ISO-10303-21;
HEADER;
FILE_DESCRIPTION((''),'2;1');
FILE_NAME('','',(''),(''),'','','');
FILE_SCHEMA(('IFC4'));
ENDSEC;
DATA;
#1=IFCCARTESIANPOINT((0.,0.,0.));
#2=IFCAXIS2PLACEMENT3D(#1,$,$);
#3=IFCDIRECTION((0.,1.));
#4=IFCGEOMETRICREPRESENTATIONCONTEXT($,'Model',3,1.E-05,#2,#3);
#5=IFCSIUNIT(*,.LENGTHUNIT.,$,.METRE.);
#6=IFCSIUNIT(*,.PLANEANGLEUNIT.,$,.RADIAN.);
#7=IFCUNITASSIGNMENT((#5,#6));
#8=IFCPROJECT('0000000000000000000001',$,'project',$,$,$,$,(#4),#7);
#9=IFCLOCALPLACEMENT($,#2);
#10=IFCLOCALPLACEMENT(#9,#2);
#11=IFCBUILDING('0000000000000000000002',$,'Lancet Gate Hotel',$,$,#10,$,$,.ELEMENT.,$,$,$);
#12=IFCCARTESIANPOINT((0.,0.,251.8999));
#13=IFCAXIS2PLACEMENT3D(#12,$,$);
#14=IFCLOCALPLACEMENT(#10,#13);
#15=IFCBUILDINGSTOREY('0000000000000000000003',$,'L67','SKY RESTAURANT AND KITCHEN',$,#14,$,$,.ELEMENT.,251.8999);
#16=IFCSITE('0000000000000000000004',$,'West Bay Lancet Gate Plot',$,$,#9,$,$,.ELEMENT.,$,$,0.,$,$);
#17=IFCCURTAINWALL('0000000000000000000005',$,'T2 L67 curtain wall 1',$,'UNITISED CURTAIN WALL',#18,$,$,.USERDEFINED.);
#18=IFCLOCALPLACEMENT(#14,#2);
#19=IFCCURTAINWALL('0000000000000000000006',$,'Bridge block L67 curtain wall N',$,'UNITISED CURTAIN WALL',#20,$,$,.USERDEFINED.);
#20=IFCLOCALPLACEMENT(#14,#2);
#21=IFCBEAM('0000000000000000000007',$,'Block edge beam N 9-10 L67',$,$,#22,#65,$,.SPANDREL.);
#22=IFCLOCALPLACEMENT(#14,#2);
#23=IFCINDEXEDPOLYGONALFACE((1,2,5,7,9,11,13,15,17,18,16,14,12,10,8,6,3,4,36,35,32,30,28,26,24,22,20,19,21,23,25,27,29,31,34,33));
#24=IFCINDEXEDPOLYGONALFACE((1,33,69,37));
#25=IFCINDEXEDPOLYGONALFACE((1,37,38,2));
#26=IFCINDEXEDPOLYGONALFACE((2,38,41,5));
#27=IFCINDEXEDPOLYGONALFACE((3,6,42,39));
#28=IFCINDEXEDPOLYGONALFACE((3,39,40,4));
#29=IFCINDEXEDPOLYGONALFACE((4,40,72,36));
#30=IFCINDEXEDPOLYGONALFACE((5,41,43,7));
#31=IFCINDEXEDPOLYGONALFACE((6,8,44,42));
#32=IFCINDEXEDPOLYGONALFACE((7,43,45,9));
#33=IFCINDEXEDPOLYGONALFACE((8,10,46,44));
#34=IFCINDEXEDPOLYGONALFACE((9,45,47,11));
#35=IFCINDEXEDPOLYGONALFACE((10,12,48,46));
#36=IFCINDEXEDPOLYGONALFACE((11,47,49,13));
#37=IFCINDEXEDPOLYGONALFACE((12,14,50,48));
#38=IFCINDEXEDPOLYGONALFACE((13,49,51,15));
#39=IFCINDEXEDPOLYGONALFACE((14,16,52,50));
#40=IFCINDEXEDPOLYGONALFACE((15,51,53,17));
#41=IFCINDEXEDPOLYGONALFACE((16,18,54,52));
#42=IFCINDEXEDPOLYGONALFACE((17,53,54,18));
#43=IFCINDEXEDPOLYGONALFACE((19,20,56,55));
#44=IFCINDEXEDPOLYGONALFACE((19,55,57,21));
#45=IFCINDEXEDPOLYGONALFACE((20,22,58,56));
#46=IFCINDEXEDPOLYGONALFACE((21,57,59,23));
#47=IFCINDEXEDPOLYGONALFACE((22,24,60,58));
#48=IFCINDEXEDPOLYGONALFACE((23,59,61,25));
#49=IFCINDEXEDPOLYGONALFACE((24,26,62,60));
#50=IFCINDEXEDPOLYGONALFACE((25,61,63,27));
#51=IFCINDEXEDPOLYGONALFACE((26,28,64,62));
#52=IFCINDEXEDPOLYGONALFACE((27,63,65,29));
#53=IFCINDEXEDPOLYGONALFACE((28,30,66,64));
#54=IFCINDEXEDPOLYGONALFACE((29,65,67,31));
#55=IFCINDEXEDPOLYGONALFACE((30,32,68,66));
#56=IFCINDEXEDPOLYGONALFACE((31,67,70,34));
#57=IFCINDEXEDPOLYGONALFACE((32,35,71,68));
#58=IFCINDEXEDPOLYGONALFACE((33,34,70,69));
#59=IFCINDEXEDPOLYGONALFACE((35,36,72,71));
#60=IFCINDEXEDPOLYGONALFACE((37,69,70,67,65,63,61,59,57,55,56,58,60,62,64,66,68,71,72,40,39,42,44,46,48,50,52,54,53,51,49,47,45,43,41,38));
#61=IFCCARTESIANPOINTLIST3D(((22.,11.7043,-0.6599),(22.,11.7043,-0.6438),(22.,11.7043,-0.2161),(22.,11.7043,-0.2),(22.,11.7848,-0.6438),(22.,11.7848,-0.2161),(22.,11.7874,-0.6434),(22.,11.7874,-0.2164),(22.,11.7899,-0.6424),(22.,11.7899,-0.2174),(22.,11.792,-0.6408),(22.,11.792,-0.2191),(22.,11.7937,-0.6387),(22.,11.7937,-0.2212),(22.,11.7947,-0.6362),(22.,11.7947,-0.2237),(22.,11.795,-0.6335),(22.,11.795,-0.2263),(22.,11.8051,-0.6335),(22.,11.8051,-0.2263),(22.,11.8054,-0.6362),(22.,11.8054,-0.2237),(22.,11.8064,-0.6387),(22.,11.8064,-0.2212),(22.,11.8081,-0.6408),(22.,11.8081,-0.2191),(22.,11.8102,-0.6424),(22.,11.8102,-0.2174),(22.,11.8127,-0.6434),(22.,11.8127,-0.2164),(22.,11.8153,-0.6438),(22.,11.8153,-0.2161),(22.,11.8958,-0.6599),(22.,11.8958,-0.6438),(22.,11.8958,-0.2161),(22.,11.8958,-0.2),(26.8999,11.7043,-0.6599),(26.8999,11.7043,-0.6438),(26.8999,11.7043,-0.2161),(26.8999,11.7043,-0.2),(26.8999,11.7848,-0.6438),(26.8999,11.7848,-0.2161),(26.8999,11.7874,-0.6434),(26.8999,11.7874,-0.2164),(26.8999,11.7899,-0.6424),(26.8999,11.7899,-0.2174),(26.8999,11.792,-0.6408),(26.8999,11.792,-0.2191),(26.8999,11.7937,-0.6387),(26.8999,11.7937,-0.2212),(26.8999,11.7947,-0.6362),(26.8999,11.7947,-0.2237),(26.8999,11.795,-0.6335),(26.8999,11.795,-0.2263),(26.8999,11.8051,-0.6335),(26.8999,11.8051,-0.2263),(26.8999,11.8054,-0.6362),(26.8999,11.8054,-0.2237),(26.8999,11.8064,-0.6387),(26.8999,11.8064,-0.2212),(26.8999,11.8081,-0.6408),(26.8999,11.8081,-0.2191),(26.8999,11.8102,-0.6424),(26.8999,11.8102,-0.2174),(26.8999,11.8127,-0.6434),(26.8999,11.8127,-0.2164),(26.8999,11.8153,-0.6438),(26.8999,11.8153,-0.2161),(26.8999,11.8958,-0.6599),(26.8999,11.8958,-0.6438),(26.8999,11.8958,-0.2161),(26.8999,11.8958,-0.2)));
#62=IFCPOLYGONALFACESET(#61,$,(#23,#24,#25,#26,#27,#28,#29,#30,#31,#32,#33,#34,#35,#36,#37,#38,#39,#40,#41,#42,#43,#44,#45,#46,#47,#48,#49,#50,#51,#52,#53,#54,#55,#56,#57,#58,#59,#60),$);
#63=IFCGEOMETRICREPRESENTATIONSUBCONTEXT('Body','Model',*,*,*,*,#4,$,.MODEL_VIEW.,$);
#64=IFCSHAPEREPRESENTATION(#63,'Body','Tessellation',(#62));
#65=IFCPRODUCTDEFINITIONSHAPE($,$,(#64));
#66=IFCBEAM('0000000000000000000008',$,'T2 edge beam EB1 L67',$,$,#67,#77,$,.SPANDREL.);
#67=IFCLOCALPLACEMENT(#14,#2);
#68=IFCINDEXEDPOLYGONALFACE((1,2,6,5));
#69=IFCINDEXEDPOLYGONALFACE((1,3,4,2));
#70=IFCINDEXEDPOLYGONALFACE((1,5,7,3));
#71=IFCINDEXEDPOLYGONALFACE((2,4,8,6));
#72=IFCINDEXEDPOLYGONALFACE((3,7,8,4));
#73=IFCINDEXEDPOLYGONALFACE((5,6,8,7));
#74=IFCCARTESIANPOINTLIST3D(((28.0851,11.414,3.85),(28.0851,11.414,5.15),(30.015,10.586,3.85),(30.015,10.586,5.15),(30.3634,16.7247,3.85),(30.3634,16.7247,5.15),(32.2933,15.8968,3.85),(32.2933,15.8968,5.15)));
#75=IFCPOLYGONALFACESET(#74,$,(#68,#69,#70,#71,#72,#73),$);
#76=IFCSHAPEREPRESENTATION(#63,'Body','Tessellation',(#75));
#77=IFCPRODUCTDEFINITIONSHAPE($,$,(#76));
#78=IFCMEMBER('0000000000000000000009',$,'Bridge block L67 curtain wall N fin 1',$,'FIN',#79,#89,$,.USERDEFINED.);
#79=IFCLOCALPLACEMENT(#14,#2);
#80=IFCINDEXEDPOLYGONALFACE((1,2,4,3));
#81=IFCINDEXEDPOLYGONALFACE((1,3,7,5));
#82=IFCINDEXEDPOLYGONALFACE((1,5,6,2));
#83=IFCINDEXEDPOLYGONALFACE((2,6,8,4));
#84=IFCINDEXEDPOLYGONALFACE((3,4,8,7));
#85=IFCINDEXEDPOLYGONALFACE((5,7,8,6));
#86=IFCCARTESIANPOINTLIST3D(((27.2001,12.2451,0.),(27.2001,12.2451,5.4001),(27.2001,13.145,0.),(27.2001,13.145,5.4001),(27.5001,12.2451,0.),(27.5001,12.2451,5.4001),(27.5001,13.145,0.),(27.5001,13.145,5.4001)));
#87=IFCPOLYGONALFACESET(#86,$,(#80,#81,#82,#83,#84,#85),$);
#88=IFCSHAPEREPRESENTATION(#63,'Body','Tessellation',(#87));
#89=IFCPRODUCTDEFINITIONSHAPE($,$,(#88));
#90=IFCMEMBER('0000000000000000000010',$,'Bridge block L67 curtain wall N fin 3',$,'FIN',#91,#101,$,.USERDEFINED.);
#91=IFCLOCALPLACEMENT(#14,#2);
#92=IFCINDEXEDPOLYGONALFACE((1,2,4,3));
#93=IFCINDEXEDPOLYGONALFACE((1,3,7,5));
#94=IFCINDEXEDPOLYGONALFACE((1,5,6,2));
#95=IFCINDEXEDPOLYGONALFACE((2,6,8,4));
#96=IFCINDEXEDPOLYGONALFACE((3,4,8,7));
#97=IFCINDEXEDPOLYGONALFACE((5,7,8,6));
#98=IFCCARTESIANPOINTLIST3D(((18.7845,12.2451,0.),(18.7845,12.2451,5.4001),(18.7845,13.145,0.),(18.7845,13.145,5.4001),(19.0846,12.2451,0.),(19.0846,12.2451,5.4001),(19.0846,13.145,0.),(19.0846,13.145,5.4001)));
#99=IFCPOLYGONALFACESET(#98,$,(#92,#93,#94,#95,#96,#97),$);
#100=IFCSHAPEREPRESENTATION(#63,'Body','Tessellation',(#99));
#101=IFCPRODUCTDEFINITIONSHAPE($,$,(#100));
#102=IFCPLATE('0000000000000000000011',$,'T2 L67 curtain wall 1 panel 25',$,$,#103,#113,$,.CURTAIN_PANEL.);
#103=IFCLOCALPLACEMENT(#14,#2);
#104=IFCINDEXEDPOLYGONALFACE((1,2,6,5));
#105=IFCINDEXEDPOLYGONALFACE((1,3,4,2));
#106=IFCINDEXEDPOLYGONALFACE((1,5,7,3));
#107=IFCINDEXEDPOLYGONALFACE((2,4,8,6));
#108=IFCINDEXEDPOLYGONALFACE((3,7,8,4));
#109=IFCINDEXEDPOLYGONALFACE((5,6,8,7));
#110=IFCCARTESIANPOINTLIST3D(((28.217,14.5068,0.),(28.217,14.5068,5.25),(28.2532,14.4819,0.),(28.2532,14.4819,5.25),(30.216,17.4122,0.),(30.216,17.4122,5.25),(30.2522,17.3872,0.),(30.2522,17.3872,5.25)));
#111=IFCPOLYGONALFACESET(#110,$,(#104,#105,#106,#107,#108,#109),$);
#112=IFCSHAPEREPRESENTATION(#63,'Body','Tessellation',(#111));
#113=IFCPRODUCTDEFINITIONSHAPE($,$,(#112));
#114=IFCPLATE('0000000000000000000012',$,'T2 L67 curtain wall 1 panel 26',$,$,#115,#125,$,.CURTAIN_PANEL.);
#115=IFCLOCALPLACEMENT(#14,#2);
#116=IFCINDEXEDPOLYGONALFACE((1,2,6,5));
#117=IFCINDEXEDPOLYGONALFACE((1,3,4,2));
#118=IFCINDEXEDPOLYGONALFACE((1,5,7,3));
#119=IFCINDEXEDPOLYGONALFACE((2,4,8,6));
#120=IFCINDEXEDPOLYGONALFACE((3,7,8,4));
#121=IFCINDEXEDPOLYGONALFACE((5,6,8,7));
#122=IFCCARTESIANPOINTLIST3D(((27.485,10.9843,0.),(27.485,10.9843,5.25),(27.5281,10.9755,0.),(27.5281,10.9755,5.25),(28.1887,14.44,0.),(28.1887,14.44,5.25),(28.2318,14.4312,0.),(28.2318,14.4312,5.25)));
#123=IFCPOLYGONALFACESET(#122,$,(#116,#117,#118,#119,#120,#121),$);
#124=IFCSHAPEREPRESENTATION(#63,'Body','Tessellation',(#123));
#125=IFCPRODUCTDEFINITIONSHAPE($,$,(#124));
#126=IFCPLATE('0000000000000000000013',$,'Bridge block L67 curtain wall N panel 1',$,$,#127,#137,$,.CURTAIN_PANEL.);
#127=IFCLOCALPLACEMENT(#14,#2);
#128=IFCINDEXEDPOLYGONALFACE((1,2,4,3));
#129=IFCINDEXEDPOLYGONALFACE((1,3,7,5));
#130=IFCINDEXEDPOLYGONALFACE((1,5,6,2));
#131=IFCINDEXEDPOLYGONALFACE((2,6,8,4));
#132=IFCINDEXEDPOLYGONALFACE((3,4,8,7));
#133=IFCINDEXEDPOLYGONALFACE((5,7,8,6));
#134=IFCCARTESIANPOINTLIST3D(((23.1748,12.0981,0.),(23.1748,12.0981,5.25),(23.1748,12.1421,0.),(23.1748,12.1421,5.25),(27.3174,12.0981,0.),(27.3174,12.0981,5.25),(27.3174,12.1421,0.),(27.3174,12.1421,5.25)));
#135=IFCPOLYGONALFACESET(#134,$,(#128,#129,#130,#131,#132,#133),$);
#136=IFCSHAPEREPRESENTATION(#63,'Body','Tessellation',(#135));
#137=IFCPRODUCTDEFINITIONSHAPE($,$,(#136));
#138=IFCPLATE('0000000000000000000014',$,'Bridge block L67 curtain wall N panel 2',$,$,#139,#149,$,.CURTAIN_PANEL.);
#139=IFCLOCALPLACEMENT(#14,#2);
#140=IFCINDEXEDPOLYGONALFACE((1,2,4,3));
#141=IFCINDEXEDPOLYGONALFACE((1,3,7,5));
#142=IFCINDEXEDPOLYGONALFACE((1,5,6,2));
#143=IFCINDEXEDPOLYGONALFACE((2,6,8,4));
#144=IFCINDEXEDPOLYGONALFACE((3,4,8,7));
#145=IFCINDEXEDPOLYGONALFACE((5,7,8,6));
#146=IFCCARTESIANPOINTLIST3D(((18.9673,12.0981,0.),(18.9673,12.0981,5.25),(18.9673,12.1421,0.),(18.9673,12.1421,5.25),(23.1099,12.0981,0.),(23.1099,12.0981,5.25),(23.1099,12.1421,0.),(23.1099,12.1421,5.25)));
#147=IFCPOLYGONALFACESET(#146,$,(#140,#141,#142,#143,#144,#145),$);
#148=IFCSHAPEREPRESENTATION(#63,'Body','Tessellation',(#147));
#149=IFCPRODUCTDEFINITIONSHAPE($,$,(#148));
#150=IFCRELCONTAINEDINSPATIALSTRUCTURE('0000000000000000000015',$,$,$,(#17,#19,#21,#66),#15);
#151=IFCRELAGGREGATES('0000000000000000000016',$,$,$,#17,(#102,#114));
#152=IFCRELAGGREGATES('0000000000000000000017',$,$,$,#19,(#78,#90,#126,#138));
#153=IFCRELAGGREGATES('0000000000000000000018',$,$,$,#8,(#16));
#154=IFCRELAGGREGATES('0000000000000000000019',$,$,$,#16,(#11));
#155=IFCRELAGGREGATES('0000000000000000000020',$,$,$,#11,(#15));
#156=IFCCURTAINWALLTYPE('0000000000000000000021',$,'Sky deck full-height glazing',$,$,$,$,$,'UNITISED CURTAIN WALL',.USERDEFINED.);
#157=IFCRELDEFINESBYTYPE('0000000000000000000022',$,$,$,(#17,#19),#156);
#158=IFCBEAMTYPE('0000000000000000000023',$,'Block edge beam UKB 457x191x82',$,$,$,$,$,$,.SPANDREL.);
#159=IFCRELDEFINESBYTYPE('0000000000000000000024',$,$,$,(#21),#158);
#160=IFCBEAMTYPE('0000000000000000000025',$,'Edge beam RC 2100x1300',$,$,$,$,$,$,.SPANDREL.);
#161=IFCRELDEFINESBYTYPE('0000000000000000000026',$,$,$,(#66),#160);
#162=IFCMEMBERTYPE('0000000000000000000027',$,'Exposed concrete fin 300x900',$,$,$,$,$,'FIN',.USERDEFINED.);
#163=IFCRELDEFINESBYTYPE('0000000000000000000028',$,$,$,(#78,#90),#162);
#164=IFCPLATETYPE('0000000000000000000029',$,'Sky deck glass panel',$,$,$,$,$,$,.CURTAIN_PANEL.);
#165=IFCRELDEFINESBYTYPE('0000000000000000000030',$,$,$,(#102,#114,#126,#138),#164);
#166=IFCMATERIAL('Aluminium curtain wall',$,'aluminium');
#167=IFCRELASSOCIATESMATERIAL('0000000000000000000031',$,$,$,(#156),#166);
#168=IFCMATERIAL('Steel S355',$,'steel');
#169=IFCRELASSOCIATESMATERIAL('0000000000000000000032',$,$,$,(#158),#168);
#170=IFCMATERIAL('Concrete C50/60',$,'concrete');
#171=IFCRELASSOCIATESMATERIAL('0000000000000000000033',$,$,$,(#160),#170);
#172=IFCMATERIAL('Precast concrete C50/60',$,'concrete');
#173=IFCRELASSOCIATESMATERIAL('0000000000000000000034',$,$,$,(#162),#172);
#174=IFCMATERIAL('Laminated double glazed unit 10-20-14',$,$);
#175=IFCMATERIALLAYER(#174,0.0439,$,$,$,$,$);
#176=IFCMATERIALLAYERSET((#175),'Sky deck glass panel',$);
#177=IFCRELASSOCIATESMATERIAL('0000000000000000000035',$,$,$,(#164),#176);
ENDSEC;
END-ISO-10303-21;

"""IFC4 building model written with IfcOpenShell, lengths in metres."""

from ifc_helpers import new_model, si_unit, direction, frame, origin, origin_2d, place, context, subcontext, project, spatial, rectangle, i_section, extrude, material, layer, layer_set, material_profile, profile_set, type_object, element, aggregate, save


model = new_model("IFC4")

# Units and contexts
model_context = context("Model", 3, precision=1e-05, world=origin(), true_north=direction((0.0, 1.0)))
body_context = subcontext(model_context, "Body", "Model", "MODEL_VIEW")
ifc_project = project(units=[si_unit("LENGTHUNIT", "METRE"), si_unit("PLANEANGLEUNIT", "RADIAN")], contexts=[model_context])

# Site, building, storey
site_placement = place(None, origin())
site = spatial("IfcSite", under=ifc_project, at=site_placement, Name="West Bay Lancet Gate Plot", CompositionType="ELEMENT", RefElevation=0.0)
building_placement = place(site_placement, origin())
building = spatial("IfcBuilding", under=site, at=building_placement, Name="Lancet Gate Hotel", CompositionType="ELEMENT")
storey_placement = place(building_placement, frame((0.0, 0.0, 251.8999)))
storey = spatial("IfcBuildingStorey", under=building, at=storey_placement, Name="L67", Description="SKY RESTAURANT AND KITCHEN", CompositionType="ELEMENT", Elevation=251.8999)

# Curtain wall
ifc_material_1 = material(Name="Aluminium curtain wall", Category="aluminium")
curtain_wall_type = type_object("IfcCurtainWallType", Name="Sky deck full-height glazing", ElementType="UNITISED CURTAIN WALL", PredefinedType="USERDEFINED", material=ifc_material_1)
curtain_wall_1_placement = place(storey_placement, origin())
curtain_wall_1 = element("IfcCurtainWall", 1, at=curtain_wall_1_placement, inside=storey, type_object=curtain_wall_type, Name="T2 L67 curtain wall 1", ObjectType="UNITISED CURTAIN WALL", PredefinedType="USERDEFINED")

# Curtain wall
curtain_wall_2_placement = place(storey_placement, origin())
curtain_wall_2 = element("IfcCurtainWall", 2, at=curtain_wall_2_placement, inside=storey, type_object=curtain_wall_type, Name="Bridge block L67 curtain wall N", ObjectType="UNITISED CURTAIN WALL", PredefinedType="USERDEFINED")

# Beams
ifc_material_2 = material(Name="Steel S355", Category="steel")
ifc_material_profile_1 = material_profile(ifc_material_2, i_section(OverallWidth=0.1914, OverallDepth=0.46, WebThickness=0.01, FlangeThickness=0.0161, FilletRadius=0.0103, at=origin_2d()), Name="UKB 457x191x82")
ifc_profile_set_1 = profile_set([ifc_material_profile_1], Name="Steel S355")
beam_type_1 = type_object("IfcBeamType", Name="Block edge beam UKB 457x191x82", PredefinedType="SPANDREL", material=ifc_profile_set_1)
beam_1_placement = place(storey_placement, frame((22.0, 11.8, -0.4299), z_axis=(1.0, 0.0, 0.0), x_axis=(0.0, 1.0, 0.0)))
element("IfcBeam", 3, at=beam_1_placement, inside=storey, type_object=beam_type_1, Name="Block edge beam N 9-10 L67", PredefinedType="SPANDREL", context=body_context, shape_type="SweptSolid", body=[
    extrude(i_section(OverallWidth=0.1914, OverallDepth=0.46, WebThickness=0.01, FlangeThickness=0.0161, FilletRadius=0.0103, at=origin_2d()), origin(), (0.0, 0.0, 1.0), 4.8999),
])
ifc_material_3 = material(Name="Concrete C50/60", Category="concrete")
ifc_material_profile_2 = material_profile(ifc_material_3, rectangle(XDim=2.1001, YDim=1.3, at=origin_2d()), Name="RC 2100x1300")
ifc_profile_set_2 = profile_set([ifc_material_profile_2], Name="Concrete C50/60")
beam_type_2 = type_object("IfcBeamType", Name="Edge beam RC 2100x1300", PredefinedType="SPANDREL", material=ifc_profile_set_2)
beam_2_placement = place(storey_placement, frame((29.05, 11.0, 4.5), z_axis=(0.394251, 0.919003, 0.0), x_axis=(-0.919003, 0.394251, 0.0)))
element("IfcBeam", 4, at=beam_2_placement, inside=storey, type_object=beam_type_2, Name="T2 edge beam EB1 L67", PredefinedType="SPANDREL", context=body_context, shape_type="SweptSolid", body=[
    extrude(rectangle(XDim=2.1001, YDim=1.3, at=origin_2d()), origin(), (0.0, 0.0, 1.0), 5.7788),
])

# Members
ifc_material_4 = material(Name="Precast concrete C50/60", Category="concrete")
ifc_material_profile_3 = material_profile(ifc_material_4, rectangle(XDim=0.3, YDim=0.8999, at=origin_2d()), Name="FIN 300x900")
ifc_profile_set_3 = profile_set([ifc_material_profile_3], Name="Precast concrete C50/60")
member_type_1 = type_object("IfcMemberType", Name="Exposed concrete fin 300x900", ElementType="FIN", PredefinedType="USERDEFINED", material=ifc_profile_set_3)
member_1_placement = place(storey_placement, frame((27.3501, 12.6951, 0.0), z_axis=(0.0, 0.0, 1.0), x_axis=(-1.0, 0.0, 0.0)))
member_1 = element("IfcMember", 5, at=member_1_placement, type_object=member_type_1, Name="Bridge block L67 curtain wall N fin 1", ObjectType="FIN", PredefinedType="USERDEFINED", context=body_context, shape_type="SweptSolid", body=[
    extrude(rectangle(XDim=0.3, YDim=0.8999, at=origin_2d()), origin(), (0.0, 0.0, 1.0), 5.4001),
])
member_2_placement = place(storey_placement, frame((18.9346, 12.6951, 0.0), z_axis=(0.0, 0.0, 1.0), x_axis=(-1.0, 0.0, 0.0)))
member_2 = element("IfcMember", 6, at=member_2_placement, type_object=member_type_1, Name="Bridge block L67 curtain wall N fin 3", ObjectType="FIN", PredefinedType="USERDEFINED", context=body_context, shape_type="SweptSolid", body=[
    extrude(rectangle(XDim=0.3, YDim=0.8999, at=origin_2d()), origin(), (0.0, 0.0, 1.0), 5.4001),
])

# Plates
ifc_material_5 = material(Name="Laminated double glazed unit 10-20-14")
ifc_layer_1 = layer(ifc_material_5, 0.0439)
ifc_layer_set_1 = layer_set([ifc_layer_1], Name="Sky deck glass panel")
plate_type = type_object("IfcPlateType", Name="Sky deck glass panel", PredefinedType="CURTAIN_PANEL", material=ifc_layer_set_1)
plate_1_placement = place(storey_placement, frame((29.2346, 15.947, 0.0), z_axis=(0.0, 0.0, 1.0), x_axis=(-0.566824, -0.823839, 0.0)))
plate_1 = element("IfcPlate", 7, at=plate_1_placement, type_object=plate_type, Name="T2 L67 curtain wall 1 panel 25", PredefinedType="CURTAIN_PANEL", context=body_context, shape_type="SweptSolid", body=[
    extrude(rectangle(XDim=3.5266, YDim=0.0439, at=origin_2d()), origin(), (0.0, 0.0, 1.0), 5.25),
])
plate_2_placement = place(storey_placement, frame((27.8584, 12.7078, 0.0), z_axis=(0.0, 0.0, 1.0), x_axis=(-0.199533, -0.979891, 0.0)))
plate_2 = element("IfcPlate", 8, at=plate_2_placement, type_object=plate_type, Name="T2 L67 curtain wall 1 panel 26", PredefinedType="CURTAIN_PANEL", context=body_context, shape_type="SweptSolid", body=[
    extrude(rectangle(XDim=3.5266, YDim=0.0439, at=origin_2d()), origin(), (0.0, 0.0, 1.0), 5.25),
])
aggregate(curtain_wall_1, [plate_1, plate_2])
plate_3_placement = place(storey_placement, frame((25.2461, 12.1201, 0.0), z_axis=(0.0, 0.0, 1.0), x_axis=(-1.0, 0.0, 0.0)))
plate_3 = element("IfcPlate", 9, at=plate_3_placement, type_object=plate_type, Name="Bridge block L67 curtain wall N panel 1", PredefinedType="CURTAIN_PANEL", context=body_context, shape_type="SweptSolid", body=[
    extrude(rectangle(XDim=4.1426, YDim=0.0439, at=origin_2d()), origin(), (0.0, 0.0, 1.0), 5.25),
])
plate_4_placement = place(storey_placement, frame((21.0386, 12.1201, 0.0), z_axis=(0.0, 0.0, 1.0), x_axis=(-1.0, 0.0, 0.0)))
plate_4 = element("IfcPlate", 10, at=plate_4_placement, type_object=plate_type, Name="Bridge block L67 curtain wall N panel 2", PredefinedType="CURTAIN_PANEL", context=body_context, shape_type="SweptSolid", body=[
    extrude(rectangle(XDim=4.1426, YDim=0.0439, at=origin_2d()), origin(), (0.0, 0.0, 1.0), 5.25),
])
aggregate(curtain_wall_2, [member_1, member_2, plate_3, plate_4])

save(model, "model.ifc")
